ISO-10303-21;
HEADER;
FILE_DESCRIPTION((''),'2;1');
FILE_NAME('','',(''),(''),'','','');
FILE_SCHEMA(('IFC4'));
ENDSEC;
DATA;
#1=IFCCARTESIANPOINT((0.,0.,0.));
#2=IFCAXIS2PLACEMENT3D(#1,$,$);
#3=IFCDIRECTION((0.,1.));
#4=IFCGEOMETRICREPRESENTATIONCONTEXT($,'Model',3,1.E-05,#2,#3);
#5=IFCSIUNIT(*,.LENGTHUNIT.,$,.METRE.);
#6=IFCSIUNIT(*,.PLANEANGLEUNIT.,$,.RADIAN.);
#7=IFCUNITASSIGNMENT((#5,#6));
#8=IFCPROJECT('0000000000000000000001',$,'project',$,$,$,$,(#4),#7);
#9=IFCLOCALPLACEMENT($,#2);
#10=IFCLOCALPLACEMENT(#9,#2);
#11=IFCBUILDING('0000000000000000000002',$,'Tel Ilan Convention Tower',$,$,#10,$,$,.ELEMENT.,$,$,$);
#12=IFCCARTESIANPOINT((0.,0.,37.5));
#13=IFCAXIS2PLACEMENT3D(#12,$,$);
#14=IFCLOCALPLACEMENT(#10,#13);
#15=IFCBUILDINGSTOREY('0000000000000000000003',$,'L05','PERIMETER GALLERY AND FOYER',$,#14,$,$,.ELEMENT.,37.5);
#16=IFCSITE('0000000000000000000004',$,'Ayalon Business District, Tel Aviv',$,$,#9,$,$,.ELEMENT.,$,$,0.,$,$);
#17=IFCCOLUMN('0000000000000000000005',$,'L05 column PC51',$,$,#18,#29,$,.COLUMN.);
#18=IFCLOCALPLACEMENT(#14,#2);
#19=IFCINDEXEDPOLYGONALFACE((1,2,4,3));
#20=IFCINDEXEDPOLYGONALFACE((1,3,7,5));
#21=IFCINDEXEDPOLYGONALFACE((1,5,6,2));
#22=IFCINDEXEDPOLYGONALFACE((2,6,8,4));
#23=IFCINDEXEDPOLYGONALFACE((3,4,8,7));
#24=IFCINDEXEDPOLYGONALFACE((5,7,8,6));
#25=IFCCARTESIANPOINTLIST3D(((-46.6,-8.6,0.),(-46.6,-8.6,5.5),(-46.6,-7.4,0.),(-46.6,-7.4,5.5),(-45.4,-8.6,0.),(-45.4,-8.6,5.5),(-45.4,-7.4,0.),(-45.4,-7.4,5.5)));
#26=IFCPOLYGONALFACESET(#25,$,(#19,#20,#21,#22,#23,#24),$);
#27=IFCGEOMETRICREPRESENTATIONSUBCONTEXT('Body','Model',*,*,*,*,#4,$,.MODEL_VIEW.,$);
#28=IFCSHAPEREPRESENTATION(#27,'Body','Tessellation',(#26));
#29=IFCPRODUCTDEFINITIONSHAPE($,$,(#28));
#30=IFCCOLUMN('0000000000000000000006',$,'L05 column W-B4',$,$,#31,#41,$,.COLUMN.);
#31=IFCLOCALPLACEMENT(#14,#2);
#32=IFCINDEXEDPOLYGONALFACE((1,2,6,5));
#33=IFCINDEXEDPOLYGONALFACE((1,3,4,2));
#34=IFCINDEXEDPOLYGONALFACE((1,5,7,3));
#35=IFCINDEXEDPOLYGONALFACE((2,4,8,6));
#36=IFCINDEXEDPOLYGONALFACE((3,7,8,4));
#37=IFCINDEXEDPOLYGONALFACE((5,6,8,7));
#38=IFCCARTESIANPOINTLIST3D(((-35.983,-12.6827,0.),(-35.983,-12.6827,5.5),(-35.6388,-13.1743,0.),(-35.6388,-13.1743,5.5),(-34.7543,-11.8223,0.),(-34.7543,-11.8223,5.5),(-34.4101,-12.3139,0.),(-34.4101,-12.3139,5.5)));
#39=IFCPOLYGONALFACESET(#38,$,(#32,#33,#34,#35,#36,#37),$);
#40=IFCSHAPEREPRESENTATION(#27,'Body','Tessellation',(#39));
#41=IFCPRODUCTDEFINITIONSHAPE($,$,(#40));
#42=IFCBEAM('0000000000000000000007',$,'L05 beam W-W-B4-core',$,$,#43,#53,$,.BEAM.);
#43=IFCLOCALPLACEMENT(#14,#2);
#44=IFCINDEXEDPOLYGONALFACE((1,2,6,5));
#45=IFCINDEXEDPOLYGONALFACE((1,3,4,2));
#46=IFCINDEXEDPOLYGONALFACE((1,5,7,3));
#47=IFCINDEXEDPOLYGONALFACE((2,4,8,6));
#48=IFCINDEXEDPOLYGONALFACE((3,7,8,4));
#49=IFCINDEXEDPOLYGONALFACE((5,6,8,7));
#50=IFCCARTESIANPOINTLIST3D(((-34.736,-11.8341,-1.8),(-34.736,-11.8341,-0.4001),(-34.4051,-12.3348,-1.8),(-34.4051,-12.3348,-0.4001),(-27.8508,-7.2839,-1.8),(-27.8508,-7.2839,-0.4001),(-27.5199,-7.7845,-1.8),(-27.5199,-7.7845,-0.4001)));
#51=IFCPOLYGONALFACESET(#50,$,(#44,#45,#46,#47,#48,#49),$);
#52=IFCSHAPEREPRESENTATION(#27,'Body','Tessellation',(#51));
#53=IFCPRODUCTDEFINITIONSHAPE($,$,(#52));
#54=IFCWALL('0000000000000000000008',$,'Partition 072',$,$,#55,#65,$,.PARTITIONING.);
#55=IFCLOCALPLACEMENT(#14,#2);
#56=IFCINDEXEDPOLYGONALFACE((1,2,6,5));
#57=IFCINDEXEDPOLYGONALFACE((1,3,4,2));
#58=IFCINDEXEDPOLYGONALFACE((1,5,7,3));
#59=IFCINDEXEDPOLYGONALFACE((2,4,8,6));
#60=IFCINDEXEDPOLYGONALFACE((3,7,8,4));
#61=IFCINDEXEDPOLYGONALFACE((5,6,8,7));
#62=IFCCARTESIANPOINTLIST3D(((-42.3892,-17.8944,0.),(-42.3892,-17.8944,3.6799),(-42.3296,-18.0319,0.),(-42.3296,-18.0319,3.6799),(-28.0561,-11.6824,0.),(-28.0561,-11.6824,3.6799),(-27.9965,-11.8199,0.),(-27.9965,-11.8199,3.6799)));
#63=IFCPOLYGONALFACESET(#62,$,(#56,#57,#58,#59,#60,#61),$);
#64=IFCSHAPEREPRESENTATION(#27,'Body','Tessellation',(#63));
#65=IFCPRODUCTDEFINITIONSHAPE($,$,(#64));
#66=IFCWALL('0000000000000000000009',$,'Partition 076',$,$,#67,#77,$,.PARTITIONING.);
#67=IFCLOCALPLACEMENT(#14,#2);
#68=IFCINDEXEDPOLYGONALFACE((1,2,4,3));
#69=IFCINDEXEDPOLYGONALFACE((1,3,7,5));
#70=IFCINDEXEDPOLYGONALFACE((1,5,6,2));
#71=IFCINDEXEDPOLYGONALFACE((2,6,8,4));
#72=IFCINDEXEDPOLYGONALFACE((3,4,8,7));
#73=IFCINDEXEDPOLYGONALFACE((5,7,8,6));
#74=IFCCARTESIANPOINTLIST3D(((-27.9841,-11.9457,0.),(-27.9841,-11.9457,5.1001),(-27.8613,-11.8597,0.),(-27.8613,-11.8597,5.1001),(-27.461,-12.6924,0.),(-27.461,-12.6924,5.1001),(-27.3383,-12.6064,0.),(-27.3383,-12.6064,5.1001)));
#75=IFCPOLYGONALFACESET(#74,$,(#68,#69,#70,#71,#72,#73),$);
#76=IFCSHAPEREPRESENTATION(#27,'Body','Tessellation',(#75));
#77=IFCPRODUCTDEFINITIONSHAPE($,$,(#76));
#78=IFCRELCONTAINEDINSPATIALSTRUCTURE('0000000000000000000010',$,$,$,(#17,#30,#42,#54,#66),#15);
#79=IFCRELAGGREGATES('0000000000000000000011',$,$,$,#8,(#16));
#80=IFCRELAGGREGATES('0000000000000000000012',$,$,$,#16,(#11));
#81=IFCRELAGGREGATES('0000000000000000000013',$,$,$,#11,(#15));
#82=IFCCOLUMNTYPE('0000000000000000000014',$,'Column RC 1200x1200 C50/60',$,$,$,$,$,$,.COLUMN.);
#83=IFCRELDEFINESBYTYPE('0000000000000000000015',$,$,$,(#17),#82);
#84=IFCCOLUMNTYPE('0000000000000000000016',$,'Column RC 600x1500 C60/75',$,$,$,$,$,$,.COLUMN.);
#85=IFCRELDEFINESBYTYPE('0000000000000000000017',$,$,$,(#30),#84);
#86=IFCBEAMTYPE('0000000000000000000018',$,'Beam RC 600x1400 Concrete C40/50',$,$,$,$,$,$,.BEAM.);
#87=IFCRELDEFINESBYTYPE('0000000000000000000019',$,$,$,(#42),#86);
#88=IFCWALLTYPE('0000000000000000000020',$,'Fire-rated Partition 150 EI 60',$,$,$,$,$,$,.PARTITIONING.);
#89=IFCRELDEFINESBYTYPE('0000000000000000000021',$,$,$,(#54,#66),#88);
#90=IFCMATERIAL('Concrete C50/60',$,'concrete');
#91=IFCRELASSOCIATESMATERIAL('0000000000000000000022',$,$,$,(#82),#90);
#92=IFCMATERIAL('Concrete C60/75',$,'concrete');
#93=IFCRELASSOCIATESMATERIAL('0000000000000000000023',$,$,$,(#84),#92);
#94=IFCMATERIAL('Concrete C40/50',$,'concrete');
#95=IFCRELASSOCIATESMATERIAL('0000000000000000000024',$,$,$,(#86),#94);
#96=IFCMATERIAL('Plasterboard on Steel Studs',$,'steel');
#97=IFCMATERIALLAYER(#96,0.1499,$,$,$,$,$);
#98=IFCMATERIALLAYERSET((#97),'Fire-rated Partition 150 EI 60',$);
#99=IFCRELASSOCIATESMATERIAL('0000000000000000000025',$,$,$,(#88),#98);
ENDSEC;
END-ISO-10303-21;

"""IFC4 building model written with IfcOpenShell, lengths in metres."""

from ifc_helpers import new_model, si_unit, direction, frame, frame_2d, origin, origin_2d, place, context, subcontext, project, spatial, rectangle, extrude, material, layer, layer_set, material_profile, profile_set, type_object, element, save


model = new_model("IFC4")

# Units and contexts
model_context = context("Model", 3, precision=1e-05, world=origin(), true_north=direction((0.0, 1.0)))
body_context = subcontext(model_context, "Body", "Model", "MODEL_VIEW")
ifc_project = project(units=[si_unit("LENGTHUNIT", "METRE"), si_unit("PLANEANGLEUNIT", "RADIAN")], contexts=[model_context])

# Site, building, storey
site_placement = place(None, origin())
site = spatial("IfcSite", under=ifc_project, at=site_placement, Name="Ayalon Business District, Tel Aviv", CompositionType="ELEMENT", RefElevation=0.0)
building_placement = place(site_placement, origin())
building = spatial("IfcBuilding", under=site, at=building_placement, Name="Tel Ilan Convention Tower", CompositionType="ELEMENT")
storey_placement = place(building_placement, frame((0.0, 0.0, 37.5)))
storey = spatial("IfcBuildingStorey", under=building, at=storey_placement, Name="L05", Description="PERIMETER GALLERY AND FOYER", CompositionType="ELEMENT", Elevation=37.5)

# Columns
ifc_material_1 = material(Name="Concrete C50/60", Category="concrete")
ifc_material_profile_1 = material_profile(ifc_material_1, rectangle(XDim=1.2, YDim=1.2, at=origin_2d()), Name="RC 1200x1200")
ifc_profile_set_1 = profile_set([ifc_material_profile_1], Name="Concrete C50/60")
column_type_1 = type_object("IfcColumnType", Name="Column RC 1200x1200 C50/60", PredefinedType="COLUMN", material=ifc_profile_set_1)
column_1_placement = place(storey_placement, frame((-46.0, -8.0, 0.0), z_axis=(0.0, 0.0, 1.0), x_axis=(1.0, 0.0, 0.0)))
element("IfcColumn", 1, at=column_1_placement, inside=storey, type_object=column_type_1, Name="L05 column PC51", PredefinedType="COLUMN", context=body_context, shape_type="SweptSolid", body=[
    extrude(rectangle(XDim=1.2, YDim=1.2, at=origin_2d()), origin(), (0.0, 0.0, 1.0), 5.5),
])
ifc_material_2 = material(Name="Concrete C60/75", Category="concrete")
ifc_material_profile_2 = material_profile(ifc_material_2, rectangle(XDim=1.5, YDim=0.6001, at=origin_2d()), Name="RC 600x1500")
ifc_profile_set_2 = profile_set([ifc_material_profile_2], Name="Concrete C60/75")
column_type_2 = type_object("IfcColumnType", Name="Column RC 600x1500 C60/75", PredefinedType="COLUMN", material=ifc_profile_set_2)
column_2_placement = place(storey_placement, frame((-35.1965, -12.4983, 0.0), z_axis=(0.0, 0.0, 1.0), x_axis=(-0.819152, -0.573576, 0.0)))
element("IfcColumn", 2, at=column_2_placement, inside=storey, type_object=column_type_2, Name="L05 column W-B4", PredefinedType="COLUMN", context=body_context, shape_type="SweptSolid", body=[
    extrude(rectangle(XDim=1.5, YDim=0.6001, at=origin_2d()), origin(), (0.0, 0.0, 1.0), 5.5),
])

# Beam
ifc_material_3 = material(Name="Concrete C40/50", Category="concrete")
ifc_material_profile_3 = material_profile(ifc_material_3, rectangle(XDim=0.6001, YDim=1.3999, at=origin_2d()), Name="RC 600x1400")
ifc_profile_set_3 = profile_set([ifc_material_profile_3], Name="Concrete C40/50")
beam_type = type_object("IfcBeamType", Name="Beam RC 600x1400 Concrete C40/50", PredefinedType="BEAM", material=ifc_profile_set_3)
beam_placement = place(storey_placement, frame((-34.5706, -12.0845, -1.1001), z_axis=(0.834274, 0.551351, 0.0), x_axis=(-0.551351, 0.834274, 0.0)))
element("IfcBeam", 3, at=beam_placement, inside=storey, type_object=beam_type, Name="L05 beam W-W-B4-core", PredefinedType="BEAM", context=body_context, shape_type="SweptSolid", body=[
    extrude(rectangle(XDim=0.6001, YDim=1.3999, at=origin_2d()), origin(), (0.0, 0.0, 1.0), 8.2529),
])

# Walls
ifc_material_4 = material(Name="Plasterboard on Steel Studs", Category="steel")
ifc_layer_1 = layer(ifc_material_4, 0.1499)
ifc_layer_set_1 = layer_set([ifc_layer_1], Name="Fire-rated Partition 150 EI 60")
wall_type_1 = type_object("IfcWallType", Name="Fire-rated Partition 150 EI 60", PredefinedType="PARTITIONING", material=ifc_layer_set_1)
wall_1_placement = place(storey_placement, frame((-28.0264, -11.7512, 0.0), z_axis=(0.0, 0.0, 1.0), x_axis=(-0.917534, -0.397658, 0.0)))
element("IfcWall", 4, at=wall_1_placement, inside=storey, type_object=wall_type_1, Name="Partition 072", PredefinedType="PARTITIONING", context=body_context, shape_type="SweptSolid", body=[
    extrude(rectangle(XDim=15.6213, YDim=0.1499, at=frame_2d((7.8105, 0.0))), origin(), (0.0, 0.0, 1.0), 3.6799),
])
wall_2_placement = place(storey_placement, frame((-27.3997, -12.6494, 0.0), z_axis=(0.0, 0.0, 1.0), x_axis=(-0.573714, 0.819056, 0.0)))
element("IfcWall", 5, at=wall_2_placement, inside=storey, type_object=wall_type_1, Name="Partition 076", PredefinedType="PARTITIONING", context=body_context, shape_type="SweptSolid", body=[
    extrude(rectangle(XDim=0.9116, YDim=0.1499, at=frame_2d((0.4558, 0.0))), origin(), (0.0, 0.0, 1.0), 5.1001),
])

save(model, "model.ifc")
